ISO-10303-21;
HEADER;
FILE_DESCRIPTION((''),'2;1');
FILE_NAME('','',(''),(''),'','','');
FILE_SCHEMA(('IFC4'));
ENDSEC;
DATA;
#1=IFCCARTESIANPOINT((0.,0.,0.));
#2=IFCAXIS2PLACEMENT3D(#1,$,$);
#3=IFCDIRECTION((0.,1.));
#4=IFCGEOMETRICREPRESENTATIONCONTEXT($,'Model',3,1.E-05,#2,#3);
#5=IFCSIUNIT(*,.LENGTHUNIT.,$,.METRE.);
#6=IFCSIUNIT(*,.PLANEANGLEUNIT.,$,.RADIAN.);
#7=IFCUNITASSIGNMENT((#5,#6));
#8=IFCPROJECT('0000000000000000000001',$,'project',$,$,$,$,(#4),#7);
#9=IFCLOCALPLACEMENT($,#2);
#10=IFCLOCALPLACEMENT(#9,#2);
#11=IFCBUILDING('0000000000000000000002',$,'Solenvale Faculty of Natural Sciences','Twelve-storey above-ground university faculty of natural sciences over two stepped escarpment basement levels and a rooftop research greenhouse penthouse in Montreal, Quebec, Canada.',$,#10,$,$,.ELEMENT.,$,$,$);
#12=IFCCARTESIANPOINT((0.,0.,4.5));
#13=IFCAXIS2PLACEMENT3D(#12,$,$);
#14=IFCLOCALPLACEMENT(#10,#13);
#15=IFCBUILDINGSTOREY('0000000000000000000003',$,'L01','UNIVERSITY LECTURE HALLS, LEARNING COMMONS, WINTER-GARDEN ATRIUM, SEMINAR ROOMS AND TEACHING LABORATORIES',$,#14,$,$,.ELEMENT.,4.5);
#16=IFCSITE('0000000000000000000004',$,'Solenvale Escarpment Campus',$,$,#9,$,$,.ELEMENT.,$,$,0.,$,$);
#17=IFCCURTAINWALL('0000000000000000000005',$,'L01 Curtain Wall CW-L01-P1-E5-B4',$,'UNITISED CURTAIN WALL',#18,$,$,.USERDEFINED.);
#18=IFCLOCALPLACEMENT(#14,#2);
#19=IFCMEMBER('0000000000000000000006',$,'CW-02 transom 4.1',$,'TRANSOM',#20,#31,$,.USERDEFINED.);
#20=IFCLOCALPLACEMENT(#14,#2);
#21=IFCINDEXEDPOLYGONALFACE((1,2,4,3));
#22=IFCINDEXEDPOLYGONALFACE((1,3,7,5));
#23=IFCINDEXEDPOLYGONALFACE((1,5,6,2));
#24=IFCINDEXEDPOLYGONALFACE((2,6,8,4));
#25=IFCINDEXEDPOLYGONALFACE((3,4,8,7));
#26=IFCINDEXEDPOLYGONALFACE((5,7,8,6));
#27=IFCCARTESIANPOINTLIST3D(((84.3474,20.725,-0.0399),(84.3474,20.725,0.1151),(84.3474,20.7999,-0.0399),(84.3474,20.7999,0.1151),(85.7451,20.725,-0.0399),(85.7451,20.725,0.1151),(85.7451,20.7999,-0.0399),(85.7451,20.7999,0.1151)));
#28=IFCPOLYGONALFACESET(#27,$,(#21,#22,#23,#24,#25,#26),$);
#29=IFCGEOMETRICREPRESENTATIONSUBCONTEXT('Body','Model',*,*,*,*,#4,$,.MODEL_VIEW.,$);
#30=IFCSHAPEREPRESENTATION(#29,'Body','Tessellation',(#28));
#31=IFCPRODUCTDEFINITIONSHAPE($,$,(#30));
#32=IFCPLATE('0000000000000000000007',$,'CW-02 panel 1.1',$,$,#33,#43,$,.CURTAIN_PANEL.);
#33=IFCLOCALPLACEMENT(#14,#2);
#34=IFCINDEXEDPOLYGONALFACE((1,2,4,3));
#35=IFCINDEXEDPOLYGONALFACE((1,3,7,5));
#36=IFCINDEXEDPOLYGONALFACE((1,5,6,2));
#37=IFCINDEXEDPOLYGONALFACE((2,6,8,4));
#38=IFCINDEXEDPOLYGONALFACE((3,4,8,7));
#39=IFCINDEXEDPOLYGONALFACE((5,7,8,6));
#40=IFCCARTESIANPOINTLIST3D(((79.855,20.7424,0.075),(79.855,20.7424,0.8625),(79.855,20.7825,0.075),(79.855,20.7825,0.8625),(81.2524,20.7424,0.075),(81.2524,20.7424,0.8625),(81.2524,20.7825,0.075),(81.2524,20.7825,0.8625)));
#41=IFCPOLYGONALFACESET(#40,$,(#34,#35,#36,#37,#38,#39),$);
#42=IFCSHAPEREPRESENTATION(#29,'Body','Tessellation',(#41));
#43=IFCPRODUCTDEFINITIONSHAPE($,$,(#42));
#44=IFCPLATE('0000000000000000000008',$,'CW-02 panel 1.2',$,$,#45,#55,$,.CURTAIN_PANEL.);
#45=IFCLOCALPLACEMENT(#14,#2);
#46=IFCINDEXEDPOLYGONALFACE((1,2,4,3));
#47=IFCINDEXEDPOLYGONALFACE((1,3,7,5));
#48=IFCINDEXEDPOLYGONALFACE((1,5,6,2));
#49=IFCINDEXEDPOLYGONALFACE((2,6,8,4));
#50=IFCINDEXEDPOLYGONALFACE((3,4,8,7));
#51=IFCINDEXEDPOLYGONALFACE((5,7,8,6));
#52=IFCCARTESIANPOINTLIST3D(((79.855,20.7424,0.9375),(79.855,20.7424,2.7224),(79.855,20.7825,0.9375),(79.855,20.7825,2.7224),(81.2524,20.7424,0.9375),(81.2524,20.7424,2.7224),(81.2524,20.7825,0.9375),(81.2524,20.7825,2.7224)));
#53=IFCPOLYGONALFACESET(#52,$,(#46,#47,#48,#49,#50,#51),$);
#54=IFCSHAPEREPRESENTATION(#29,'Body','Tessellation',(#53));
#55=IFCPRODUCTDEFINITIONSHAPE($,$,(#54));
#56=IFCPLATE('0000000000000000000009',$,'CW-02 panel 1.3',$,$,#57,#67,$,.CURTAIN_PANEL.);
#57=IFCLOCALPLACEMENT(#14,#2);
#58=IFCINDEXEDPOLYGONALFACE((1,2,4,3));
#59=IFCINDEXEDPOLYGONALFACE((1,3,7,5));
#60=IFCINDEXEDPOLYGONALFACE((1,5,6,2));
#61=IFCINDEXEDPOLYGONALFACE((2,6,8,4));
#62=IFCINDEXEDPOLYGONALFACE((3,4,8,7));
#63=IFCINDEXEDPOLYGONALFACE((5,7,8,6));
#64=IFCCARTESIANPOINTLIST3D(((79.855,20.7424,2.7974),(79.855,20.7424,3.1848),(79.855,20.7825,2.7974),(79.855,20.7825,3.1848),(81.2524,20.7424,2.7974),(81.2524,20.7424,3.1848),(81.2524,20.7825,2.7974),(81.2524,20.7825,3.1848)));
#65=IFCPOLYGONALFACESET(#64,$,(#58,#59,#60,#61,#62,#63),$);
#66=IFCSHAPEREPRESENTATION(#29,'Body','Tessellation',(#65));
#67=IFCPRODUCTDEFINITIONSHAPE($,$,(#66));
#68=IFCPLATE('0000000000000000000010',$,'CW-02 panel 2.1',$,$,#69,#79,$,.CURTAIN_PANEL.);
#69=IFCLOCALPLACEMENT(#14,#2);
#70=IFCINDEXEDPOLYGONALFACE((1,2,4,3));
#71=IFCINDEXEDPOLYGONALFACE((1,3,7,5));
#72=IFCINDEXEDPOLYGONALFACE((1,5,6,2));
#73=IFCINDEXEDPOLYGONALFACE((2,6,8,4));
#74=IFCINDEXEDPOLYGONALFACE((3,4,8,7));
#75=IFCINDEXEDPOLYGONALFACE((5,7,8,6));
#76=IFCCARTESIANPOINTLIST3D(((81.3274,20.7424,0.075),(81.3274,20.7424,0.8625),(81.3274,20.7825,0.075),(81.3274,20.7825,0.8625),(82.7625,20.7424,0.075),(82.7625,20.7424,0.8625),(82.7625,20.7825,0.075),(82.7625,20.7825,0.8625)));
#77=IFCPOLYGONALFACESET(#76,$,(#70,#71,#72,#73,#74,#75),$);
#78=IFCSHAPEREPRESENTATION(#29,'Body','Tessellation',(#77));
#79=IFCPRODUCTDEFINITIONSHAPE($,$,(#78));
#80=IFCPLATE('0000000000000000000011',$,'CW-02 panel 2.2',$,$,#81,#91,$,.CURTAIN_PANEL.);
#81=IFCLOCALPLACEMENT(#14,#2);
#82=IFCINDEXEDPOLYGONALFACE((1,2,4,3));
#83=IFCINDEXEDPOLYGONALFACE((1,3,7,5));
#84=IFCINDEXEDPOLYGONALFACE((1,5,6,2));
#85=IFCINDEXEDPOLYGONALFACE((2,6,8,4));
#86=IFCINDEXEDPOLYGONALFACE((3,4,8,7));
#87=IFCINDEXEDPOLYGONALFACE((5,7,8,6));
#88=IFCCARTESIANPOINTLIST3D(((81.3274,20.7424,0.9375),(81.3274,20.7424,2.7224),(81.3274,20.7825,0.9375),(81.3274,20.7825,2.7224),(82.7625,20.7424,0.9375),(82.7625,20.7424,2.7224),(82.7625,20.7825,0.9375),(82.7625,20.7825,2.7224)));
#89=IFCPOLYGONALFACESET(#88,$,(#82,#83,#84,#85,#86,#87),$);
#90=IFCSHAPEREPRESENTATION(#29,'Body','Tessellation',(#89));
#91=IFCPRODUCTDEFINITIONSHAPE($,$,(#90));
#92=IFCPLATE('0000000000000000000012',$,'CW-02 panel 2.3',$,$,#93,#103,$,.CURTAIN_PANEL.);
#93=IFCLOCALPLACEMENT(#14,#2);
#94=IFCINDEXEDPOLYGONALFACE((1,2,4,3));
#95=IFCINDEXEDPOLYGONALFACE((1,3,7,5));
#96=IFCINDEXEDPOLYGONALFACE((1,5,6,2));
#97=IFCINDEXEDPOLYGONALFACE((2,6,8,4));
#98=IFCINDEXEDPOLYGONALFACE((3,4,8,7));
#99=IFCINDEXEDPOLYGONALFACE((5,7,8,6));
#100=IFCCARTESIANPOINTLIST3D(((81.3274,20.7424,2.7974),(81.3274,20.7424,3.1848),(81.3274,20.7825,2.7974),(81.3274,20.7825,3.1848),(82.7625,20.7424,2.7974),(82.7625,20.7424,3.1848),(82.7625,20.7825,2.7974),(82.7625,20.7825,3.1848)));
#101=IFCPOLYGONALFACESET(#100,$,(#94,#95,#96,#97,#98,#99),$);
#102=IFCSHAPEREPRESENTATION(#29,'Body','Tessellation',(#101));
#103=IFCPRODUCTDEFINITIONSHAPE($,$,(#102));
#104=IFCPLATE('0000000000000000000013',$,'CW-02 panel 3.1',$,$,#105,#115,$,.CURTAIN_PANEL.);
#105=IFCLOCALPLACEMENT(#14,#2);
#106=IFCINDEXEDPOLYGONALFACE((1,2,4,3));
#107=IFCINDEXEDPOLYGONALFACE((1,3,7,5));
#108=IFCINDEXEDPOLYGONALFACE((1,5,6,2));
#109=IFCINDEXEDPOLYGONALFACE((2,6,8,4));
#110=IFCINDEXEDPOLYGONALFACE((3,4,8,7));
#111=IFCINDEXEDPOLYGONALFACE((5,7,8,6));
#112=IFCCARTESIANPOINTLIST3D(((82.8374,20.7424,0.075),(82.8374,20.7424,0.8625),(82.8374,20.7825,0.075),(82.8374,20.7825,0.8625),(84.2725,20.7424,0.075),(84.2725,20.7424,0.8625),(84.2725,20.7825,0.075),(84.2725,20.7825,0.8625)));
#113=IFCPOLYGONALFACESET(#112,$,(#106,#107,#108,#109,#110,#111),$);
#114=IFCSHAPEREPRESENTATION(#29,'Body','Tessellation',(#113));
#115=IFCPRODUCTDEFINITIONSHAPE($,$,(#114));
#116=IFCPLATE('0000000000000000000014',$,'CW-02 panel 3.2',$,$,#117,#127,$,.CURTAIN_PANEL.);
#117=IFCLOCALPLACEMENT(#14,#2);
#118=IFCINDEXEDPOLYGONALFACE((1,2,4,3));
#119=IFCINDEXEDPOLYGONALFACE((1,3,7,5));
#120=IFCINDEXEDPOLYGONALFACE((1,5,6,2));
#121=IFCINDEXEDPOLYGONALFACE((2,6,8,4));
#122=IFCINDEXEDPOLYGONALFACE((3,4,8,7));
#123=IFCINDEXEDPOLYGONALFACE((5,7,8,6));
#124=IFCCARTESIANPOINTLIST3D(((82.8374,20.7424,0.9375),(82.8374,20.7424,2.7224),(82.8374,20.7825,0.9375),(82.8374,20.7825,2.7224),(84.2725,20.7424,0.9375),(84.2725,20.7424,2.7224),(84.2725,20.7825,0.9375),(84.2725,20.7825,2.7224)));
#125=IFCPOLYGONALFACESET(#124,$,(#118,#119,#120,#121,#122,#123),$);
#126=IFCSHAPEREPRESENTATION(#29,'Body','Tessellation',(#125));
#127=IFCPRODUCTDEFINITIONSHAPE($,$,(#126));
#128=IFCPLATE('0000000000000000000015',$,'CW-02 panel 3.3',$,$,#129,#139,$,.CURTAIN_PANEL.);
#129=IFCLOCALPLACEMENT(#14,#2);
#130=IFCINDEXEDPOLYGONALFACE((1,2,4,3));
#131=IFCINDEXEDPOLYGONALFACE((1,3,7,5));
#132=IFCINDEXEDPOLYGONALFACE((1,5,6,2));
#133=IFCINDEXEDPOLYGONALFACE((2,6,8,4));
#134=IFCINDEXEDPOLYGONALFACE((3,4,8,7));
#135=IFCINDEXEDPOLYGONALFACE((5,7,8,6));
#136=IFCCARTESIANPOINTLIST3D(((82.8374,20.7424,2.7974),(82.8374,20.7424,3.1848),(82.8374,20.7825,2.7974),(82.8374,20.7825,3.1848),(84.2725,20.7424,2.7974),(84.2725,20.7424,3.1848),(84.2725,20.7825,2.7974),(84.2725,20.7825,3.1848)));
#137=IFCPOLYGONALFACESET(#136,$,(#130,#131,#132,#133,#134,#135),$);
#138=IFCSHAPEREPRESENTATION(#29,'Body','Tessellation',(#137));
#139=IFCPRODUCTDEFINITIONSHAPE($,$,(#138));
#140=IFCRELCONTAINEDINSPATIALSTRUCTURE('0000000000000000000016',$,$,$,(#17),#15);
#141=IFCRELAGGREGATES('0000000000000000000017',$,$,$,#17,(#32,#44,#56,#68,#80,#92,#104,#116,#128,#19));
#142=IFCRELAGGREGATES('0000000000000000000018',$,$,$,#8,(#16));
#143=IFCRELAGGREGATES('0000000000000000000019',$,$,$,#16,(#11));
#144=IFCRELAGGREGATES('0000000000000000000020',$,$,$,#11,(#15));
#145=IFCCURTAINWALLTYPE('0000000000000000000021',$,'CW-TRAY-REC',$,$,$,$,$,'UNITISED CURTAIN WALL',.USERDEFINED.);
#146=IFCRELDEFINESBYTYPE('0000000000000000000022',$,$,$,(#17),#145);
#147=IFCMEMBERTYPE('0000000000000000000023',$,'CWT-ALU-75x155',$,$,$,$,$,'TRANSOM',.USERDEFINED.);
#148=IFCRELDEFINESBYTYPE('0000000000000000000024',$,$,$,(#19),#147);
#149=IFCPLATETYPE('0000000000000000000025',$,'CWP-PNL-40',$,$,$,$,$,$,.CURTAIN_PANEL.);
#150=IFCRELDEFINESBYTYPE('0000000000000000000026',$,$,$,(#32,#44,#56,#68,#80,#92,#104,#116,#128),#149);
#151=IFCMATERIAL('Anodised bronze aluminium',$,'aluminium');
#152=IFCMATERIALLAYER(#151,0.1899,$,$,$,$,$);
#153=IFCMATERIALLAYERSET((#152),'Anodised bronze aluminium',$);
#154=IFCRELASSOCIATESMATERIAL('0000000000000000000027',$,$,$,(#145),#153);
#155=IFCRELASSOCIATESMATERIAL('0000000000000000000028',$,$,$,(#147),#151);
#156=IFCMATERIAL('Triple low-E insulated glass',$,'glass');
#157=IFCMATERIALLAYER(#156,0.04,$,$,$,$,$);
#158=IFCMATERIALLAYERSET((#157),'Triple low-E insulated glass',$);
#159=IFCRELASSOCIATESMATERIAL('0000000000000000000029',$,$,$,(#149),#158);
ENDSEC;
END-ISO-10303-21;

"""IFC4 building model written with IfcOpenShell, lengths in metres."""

from ifc_helpers import new_model, si_unit, direction, frame, origin, origin_2d, place, context, subcontext, project, spatial, rectangle, extrude, material, layer, layer_set, material_profile, profile_set, type_object, element, aggregate, save


model = new_model("IFC4")

# Units and contexts
model_context = context("Model", 3, precision=1e-05, world=origin(), true_north=direction((0.0, 1.0)))
body_context = subcontext(model_context, "Body", "Model", "MODEL_VIEW")
ifc_project = project(units=[si_unit("LENGTHUNIT", "METRE"), si_unit("PLANEANGLEUNIT", "RADIAN")], contexts=[model_context])

# Site, building, storey
site_placement = place(None, origin())
site = spatial("IfcSite", under=ifc_project, at=site_placement, Name="Solenvale Escarpment Campus", CompositionType="ELEMENT", RefElevation=0.0)
building_placement = place(site_placement, origin())
building = spatial("IfcBuilding", under=site, at=building_placement, Name="Solenvale Faculty of Natural Sciences", Description="Twelve-storey above-ground university faculty of natural sciences over two stepped escarpment basement levels and a rooftop research greenhouse penthouse in Montreal, Quebec, Canada.", CompositionType="ELEMENT")
storey_placement = place(building_placement, frame((0.0, 0.0, 4.5)))
storey = spatial("IfcBuildingStorey", under=building, at=storey_placement, Name="L01", Description="UNIVERSITY LECTURE HALLS, LEARNING COMMONS, WINTER-GARDEN ATRIUM, SEMINAR ROOMS AND TEACHING LABORATORIES", CompositionType="ELEMENT", Elevation=4.5)

# Curtain wall, member, plates
ifc_material_1 = material(Name="Anodised bronze aluminium", Category="aluminium")
ifc_layer_1 = layer(ifc_material_1, 0.1899)
ifc_layer_set_1 = layer_set([ifc_layer_1], Name="Anodised bronze aluminium")
curtain_wall_type = type_object("IfcCurtainWallType", Name="CW-TRAY-REC", ElementType="UNITISED CURTAIN WALL", PredefinedType="USERDEFINED", material=ifc_layer_set_1)
curtain_wall_placement = place(storey_placement, origin())
curtain_wall = element("IfcCurtainWall", 1, at=curtain_wall_placement, inside=storey, type_object=curtain_wall_type, Name="L01 Curtain Wall CW-L01-P1-E5-B4", ObjectType="UNITISED CURTAIN WALL", PredefinedType="USERDEFINED")
ifc_material_profile_1 = material_profile(ifc_material_1, rectangle(XDim=0.075, YDim=0.155, at=origin_2d()), Name="ALU-TRN-75x155")
ifc_profile_set_1 = profile_set([ifc_material_profile_1], Name="Anodised bronze aluminium")
member_type_1 = type_object("IfcMemberType", Name="CWT-ALU-75x155", ElementType="TRANSOM", PredefinedType="USERDEFINED", material=ifc_profile_set_1)
member_1_placement = place(storey_placement, frame((84.3474, 20.7625, 0.0376), z_axis=(1.0, 0.0, 0.0), x_axis=(0.0, 1.0, 0.0)))
member_1 = element("IfcMember", 2, at=member_1_placement, type_object=member_type_1, Name="CW-02 transom 4.1", ObjectType="TRANSOM", PredefinedType="USERDEFINED", context=body_context, shape_type="SweptSolid", body=[
    extrude(rectangle(XDim=0.075, YDim=0.155, at=origin_2d()), origin(), (0.0, 0.0, 1.0), 1.3977),
])
ifc_material_2 = material(Name="Triple low-E insulated glass", Category="glass")
ifc_layer_2 = layer(ifc_material_2, 0.04)
ifc_layer_set_2 = layer_set([ifc_layer_2], Name="Triple low-E insulated glass")
plate_type = type_object("IfcPlateType", Name="CWP-PNL-40", PredefinedType="CURTAIN_PANEL", material=ifc_layer_set_2)
plate_1_placement = place(storey_placement, frame((80.5537, 20.7625, 0.075), z_axis=(0.0, 0.0, 1.0), x_axis=(1.0, 0.0, 0.0)))
plate_1 = element("IfcPlate", 3, at=plate_1_placement, type_object=plate_type, Name="CW-02 panel 1.1", PredefinedType="CURTAIN_PANEL", context=body_context, shape_type="SweptSolid", body=[
    extrude(rectangle(XDim=1.3975, YDim=0.04, at=origin_2d()), origin(), (0.0, 0.0, 1.0), 0.7876),
])
plate_2_placement = place(storey_placement, frame((80.5537, 20.7625, 0.9375), z_axis=(0.0, 0.0, 1.0), x_axis=(1.0, 0.0, 0.0)))
plate_2 = element("IfcPlate", 4, at=plate_2_placement, type_object=plate_type, Name="CW-02 panel 1.2", PredefinedType="CURTAIN_PANEL", context=body_context, shape_type="SweptSolid", body=[
    extrude(rectangle(XDim=1.3975, YDim=0.04, at=origin_2d()), origin(), (0.0, 0.0, 1.0), 1.7849),
])
plate_3_placement = place(storey_placement, frame((80.5537, 20.7625, 2.7974), z_axis=(0.0, 0.0, 1.0), x_axis=(1.0, 0.0, 0.0)))
plate_3 = element("IfcPlate", 5, at=plate_3_placement, type_object=plate_type, Name="CW-02 panel 1.3", PredefinedType="CURTAIN_PANEL", context=body_context, shape_type="SweptSolid", body=[
    extrude(rectangle(XDim=1.3975, YDim=0.04, at=origin_2d()), origin(), (0.0, 0.0, 1.0), 0.3875),
])
plate_4_placement = place(storey_placement, frame((82.0449, 20.7625, 0.075), z_axis=(0.0, 0.0, 1.0), x_axis=(1.0, 0.0, 0.0)))
plate_4 = element("IfcPlate", 6, at=plate_4_placement, type_object=plate_type, Name="CW-02 panel 2.1", PredefinedType="CURTAIN_PANEL", context=body_context, shape_type="SweptSolid", body=[
    extrude(rectangle(XDim=1.4351, YDim=0.04, at=origin_2d()), origin(), (0.0, 0.0, 1.0), 0.7876),
])
plate_5_placement = place(storey_placement, frame((82.0449, 20.7625, 0.9375), z_axis=(0.0, 0.0, 1.0), x_axis=(1.0, 0.0, 0.0)))
plate_5 = element("IfcPlate", 7, at=plate_5_placement, type_object=plate_type, Name="CW-02 panel 2.2", PredefinedType="CURTAIN_PANEL", context=body_context, shape_type="SweptSolid", body=[
    extrude(rectangle(XDim=1.4351, YDim=0.04, at=origin_2d()), origin(), (0.0, 0.0, 1.0), 1.7849),
])
plate_6_placement = place(storey_placement, frame((82.0449, 20.7625, 2.7974), z_axis=(0.0, 0.0, 1.0), x_axis=(1.0, 0.0, 0.0)))
plate_6 = element("IfcPlate", 8, at=plate_6_placement, type_object=plate_type, Name="CW-02 panel 2.3", PredefinedType="CURTAIN_PANEL", context=body_context, shape_type="SweptSolid", body=[
    extrude(rectangle(XDim=1.4351, YDim=0.04, at=origin_2d()), origin(), (0.0, 0.0, 1.0), 0.3875),
])
plate_7_placement = place(storey_placement, frame((83.5549, 20.7625, 0.075), z_axis=(0.0, 0.0, 1.0), x_axis=(1.0, 0.0, 0.0)))
plate_7 = element("IfcPlate", 9, at=plate_7_placement, type_object=plate_type, Name="CW-02 panel 3.1", PredefinedType="CURTAIN_PANEL", context=body_context, shape_type="SweptSolid", body=[
    extrude(rectangle(XDim=1.4351, YDim=0.04, at=origin_2d()), origin(), (0.0, 0.0, 1.0), 0.7876),
])
plate_8_placement = place(storey_placement, frame((83.5549, 20.7625, 0.9375), z_axis=(0.0, 0.0, 1.0), x_axis=(1.0, 0.0, 0.0)))
plate_8 = element("IfcPlate", 10, at=plate_8_placement, type_object=plate_type, Name="CW-02 panel 3.2", PredefinedType="CURTAIN_PANEL", context=body_context, shape_type="SweptSolid", body=[
    extrude(rectangle(XDim=1.4351, YDim=0.04, at=origin_2d()), origin(), (0.0, 0.0, 1.0), 1.7849),
])
plate_9_placement = place(storey_placement, frame((83.5549, 20.7625, 2.7974), z_axis=(0.0, 0.0, 1.0), x_axis=(1.0, 0.0, 0.0)))
plate_9 = element("IfcPlate", 11, at=plate_9_placement, type_object=plate_type, Name="CW-02 panel 3.3", PredefinedType="CURTAIN_PANEL", context=body_context, shape_type="SweptSolid", body=[
    extrude(rectangle(XDim=1.4351, YDim=0.04, at=origin_2d()), origin(), (0.0, 0.0, 1.0), 0.3875),
])
aggregate(curtain_wall, [plate_1, plate_2, plate_3, plate_4, plate_5, plate_6, plate_7, plate_8, plate_9, member_1])

save(model, "model.ifc")
